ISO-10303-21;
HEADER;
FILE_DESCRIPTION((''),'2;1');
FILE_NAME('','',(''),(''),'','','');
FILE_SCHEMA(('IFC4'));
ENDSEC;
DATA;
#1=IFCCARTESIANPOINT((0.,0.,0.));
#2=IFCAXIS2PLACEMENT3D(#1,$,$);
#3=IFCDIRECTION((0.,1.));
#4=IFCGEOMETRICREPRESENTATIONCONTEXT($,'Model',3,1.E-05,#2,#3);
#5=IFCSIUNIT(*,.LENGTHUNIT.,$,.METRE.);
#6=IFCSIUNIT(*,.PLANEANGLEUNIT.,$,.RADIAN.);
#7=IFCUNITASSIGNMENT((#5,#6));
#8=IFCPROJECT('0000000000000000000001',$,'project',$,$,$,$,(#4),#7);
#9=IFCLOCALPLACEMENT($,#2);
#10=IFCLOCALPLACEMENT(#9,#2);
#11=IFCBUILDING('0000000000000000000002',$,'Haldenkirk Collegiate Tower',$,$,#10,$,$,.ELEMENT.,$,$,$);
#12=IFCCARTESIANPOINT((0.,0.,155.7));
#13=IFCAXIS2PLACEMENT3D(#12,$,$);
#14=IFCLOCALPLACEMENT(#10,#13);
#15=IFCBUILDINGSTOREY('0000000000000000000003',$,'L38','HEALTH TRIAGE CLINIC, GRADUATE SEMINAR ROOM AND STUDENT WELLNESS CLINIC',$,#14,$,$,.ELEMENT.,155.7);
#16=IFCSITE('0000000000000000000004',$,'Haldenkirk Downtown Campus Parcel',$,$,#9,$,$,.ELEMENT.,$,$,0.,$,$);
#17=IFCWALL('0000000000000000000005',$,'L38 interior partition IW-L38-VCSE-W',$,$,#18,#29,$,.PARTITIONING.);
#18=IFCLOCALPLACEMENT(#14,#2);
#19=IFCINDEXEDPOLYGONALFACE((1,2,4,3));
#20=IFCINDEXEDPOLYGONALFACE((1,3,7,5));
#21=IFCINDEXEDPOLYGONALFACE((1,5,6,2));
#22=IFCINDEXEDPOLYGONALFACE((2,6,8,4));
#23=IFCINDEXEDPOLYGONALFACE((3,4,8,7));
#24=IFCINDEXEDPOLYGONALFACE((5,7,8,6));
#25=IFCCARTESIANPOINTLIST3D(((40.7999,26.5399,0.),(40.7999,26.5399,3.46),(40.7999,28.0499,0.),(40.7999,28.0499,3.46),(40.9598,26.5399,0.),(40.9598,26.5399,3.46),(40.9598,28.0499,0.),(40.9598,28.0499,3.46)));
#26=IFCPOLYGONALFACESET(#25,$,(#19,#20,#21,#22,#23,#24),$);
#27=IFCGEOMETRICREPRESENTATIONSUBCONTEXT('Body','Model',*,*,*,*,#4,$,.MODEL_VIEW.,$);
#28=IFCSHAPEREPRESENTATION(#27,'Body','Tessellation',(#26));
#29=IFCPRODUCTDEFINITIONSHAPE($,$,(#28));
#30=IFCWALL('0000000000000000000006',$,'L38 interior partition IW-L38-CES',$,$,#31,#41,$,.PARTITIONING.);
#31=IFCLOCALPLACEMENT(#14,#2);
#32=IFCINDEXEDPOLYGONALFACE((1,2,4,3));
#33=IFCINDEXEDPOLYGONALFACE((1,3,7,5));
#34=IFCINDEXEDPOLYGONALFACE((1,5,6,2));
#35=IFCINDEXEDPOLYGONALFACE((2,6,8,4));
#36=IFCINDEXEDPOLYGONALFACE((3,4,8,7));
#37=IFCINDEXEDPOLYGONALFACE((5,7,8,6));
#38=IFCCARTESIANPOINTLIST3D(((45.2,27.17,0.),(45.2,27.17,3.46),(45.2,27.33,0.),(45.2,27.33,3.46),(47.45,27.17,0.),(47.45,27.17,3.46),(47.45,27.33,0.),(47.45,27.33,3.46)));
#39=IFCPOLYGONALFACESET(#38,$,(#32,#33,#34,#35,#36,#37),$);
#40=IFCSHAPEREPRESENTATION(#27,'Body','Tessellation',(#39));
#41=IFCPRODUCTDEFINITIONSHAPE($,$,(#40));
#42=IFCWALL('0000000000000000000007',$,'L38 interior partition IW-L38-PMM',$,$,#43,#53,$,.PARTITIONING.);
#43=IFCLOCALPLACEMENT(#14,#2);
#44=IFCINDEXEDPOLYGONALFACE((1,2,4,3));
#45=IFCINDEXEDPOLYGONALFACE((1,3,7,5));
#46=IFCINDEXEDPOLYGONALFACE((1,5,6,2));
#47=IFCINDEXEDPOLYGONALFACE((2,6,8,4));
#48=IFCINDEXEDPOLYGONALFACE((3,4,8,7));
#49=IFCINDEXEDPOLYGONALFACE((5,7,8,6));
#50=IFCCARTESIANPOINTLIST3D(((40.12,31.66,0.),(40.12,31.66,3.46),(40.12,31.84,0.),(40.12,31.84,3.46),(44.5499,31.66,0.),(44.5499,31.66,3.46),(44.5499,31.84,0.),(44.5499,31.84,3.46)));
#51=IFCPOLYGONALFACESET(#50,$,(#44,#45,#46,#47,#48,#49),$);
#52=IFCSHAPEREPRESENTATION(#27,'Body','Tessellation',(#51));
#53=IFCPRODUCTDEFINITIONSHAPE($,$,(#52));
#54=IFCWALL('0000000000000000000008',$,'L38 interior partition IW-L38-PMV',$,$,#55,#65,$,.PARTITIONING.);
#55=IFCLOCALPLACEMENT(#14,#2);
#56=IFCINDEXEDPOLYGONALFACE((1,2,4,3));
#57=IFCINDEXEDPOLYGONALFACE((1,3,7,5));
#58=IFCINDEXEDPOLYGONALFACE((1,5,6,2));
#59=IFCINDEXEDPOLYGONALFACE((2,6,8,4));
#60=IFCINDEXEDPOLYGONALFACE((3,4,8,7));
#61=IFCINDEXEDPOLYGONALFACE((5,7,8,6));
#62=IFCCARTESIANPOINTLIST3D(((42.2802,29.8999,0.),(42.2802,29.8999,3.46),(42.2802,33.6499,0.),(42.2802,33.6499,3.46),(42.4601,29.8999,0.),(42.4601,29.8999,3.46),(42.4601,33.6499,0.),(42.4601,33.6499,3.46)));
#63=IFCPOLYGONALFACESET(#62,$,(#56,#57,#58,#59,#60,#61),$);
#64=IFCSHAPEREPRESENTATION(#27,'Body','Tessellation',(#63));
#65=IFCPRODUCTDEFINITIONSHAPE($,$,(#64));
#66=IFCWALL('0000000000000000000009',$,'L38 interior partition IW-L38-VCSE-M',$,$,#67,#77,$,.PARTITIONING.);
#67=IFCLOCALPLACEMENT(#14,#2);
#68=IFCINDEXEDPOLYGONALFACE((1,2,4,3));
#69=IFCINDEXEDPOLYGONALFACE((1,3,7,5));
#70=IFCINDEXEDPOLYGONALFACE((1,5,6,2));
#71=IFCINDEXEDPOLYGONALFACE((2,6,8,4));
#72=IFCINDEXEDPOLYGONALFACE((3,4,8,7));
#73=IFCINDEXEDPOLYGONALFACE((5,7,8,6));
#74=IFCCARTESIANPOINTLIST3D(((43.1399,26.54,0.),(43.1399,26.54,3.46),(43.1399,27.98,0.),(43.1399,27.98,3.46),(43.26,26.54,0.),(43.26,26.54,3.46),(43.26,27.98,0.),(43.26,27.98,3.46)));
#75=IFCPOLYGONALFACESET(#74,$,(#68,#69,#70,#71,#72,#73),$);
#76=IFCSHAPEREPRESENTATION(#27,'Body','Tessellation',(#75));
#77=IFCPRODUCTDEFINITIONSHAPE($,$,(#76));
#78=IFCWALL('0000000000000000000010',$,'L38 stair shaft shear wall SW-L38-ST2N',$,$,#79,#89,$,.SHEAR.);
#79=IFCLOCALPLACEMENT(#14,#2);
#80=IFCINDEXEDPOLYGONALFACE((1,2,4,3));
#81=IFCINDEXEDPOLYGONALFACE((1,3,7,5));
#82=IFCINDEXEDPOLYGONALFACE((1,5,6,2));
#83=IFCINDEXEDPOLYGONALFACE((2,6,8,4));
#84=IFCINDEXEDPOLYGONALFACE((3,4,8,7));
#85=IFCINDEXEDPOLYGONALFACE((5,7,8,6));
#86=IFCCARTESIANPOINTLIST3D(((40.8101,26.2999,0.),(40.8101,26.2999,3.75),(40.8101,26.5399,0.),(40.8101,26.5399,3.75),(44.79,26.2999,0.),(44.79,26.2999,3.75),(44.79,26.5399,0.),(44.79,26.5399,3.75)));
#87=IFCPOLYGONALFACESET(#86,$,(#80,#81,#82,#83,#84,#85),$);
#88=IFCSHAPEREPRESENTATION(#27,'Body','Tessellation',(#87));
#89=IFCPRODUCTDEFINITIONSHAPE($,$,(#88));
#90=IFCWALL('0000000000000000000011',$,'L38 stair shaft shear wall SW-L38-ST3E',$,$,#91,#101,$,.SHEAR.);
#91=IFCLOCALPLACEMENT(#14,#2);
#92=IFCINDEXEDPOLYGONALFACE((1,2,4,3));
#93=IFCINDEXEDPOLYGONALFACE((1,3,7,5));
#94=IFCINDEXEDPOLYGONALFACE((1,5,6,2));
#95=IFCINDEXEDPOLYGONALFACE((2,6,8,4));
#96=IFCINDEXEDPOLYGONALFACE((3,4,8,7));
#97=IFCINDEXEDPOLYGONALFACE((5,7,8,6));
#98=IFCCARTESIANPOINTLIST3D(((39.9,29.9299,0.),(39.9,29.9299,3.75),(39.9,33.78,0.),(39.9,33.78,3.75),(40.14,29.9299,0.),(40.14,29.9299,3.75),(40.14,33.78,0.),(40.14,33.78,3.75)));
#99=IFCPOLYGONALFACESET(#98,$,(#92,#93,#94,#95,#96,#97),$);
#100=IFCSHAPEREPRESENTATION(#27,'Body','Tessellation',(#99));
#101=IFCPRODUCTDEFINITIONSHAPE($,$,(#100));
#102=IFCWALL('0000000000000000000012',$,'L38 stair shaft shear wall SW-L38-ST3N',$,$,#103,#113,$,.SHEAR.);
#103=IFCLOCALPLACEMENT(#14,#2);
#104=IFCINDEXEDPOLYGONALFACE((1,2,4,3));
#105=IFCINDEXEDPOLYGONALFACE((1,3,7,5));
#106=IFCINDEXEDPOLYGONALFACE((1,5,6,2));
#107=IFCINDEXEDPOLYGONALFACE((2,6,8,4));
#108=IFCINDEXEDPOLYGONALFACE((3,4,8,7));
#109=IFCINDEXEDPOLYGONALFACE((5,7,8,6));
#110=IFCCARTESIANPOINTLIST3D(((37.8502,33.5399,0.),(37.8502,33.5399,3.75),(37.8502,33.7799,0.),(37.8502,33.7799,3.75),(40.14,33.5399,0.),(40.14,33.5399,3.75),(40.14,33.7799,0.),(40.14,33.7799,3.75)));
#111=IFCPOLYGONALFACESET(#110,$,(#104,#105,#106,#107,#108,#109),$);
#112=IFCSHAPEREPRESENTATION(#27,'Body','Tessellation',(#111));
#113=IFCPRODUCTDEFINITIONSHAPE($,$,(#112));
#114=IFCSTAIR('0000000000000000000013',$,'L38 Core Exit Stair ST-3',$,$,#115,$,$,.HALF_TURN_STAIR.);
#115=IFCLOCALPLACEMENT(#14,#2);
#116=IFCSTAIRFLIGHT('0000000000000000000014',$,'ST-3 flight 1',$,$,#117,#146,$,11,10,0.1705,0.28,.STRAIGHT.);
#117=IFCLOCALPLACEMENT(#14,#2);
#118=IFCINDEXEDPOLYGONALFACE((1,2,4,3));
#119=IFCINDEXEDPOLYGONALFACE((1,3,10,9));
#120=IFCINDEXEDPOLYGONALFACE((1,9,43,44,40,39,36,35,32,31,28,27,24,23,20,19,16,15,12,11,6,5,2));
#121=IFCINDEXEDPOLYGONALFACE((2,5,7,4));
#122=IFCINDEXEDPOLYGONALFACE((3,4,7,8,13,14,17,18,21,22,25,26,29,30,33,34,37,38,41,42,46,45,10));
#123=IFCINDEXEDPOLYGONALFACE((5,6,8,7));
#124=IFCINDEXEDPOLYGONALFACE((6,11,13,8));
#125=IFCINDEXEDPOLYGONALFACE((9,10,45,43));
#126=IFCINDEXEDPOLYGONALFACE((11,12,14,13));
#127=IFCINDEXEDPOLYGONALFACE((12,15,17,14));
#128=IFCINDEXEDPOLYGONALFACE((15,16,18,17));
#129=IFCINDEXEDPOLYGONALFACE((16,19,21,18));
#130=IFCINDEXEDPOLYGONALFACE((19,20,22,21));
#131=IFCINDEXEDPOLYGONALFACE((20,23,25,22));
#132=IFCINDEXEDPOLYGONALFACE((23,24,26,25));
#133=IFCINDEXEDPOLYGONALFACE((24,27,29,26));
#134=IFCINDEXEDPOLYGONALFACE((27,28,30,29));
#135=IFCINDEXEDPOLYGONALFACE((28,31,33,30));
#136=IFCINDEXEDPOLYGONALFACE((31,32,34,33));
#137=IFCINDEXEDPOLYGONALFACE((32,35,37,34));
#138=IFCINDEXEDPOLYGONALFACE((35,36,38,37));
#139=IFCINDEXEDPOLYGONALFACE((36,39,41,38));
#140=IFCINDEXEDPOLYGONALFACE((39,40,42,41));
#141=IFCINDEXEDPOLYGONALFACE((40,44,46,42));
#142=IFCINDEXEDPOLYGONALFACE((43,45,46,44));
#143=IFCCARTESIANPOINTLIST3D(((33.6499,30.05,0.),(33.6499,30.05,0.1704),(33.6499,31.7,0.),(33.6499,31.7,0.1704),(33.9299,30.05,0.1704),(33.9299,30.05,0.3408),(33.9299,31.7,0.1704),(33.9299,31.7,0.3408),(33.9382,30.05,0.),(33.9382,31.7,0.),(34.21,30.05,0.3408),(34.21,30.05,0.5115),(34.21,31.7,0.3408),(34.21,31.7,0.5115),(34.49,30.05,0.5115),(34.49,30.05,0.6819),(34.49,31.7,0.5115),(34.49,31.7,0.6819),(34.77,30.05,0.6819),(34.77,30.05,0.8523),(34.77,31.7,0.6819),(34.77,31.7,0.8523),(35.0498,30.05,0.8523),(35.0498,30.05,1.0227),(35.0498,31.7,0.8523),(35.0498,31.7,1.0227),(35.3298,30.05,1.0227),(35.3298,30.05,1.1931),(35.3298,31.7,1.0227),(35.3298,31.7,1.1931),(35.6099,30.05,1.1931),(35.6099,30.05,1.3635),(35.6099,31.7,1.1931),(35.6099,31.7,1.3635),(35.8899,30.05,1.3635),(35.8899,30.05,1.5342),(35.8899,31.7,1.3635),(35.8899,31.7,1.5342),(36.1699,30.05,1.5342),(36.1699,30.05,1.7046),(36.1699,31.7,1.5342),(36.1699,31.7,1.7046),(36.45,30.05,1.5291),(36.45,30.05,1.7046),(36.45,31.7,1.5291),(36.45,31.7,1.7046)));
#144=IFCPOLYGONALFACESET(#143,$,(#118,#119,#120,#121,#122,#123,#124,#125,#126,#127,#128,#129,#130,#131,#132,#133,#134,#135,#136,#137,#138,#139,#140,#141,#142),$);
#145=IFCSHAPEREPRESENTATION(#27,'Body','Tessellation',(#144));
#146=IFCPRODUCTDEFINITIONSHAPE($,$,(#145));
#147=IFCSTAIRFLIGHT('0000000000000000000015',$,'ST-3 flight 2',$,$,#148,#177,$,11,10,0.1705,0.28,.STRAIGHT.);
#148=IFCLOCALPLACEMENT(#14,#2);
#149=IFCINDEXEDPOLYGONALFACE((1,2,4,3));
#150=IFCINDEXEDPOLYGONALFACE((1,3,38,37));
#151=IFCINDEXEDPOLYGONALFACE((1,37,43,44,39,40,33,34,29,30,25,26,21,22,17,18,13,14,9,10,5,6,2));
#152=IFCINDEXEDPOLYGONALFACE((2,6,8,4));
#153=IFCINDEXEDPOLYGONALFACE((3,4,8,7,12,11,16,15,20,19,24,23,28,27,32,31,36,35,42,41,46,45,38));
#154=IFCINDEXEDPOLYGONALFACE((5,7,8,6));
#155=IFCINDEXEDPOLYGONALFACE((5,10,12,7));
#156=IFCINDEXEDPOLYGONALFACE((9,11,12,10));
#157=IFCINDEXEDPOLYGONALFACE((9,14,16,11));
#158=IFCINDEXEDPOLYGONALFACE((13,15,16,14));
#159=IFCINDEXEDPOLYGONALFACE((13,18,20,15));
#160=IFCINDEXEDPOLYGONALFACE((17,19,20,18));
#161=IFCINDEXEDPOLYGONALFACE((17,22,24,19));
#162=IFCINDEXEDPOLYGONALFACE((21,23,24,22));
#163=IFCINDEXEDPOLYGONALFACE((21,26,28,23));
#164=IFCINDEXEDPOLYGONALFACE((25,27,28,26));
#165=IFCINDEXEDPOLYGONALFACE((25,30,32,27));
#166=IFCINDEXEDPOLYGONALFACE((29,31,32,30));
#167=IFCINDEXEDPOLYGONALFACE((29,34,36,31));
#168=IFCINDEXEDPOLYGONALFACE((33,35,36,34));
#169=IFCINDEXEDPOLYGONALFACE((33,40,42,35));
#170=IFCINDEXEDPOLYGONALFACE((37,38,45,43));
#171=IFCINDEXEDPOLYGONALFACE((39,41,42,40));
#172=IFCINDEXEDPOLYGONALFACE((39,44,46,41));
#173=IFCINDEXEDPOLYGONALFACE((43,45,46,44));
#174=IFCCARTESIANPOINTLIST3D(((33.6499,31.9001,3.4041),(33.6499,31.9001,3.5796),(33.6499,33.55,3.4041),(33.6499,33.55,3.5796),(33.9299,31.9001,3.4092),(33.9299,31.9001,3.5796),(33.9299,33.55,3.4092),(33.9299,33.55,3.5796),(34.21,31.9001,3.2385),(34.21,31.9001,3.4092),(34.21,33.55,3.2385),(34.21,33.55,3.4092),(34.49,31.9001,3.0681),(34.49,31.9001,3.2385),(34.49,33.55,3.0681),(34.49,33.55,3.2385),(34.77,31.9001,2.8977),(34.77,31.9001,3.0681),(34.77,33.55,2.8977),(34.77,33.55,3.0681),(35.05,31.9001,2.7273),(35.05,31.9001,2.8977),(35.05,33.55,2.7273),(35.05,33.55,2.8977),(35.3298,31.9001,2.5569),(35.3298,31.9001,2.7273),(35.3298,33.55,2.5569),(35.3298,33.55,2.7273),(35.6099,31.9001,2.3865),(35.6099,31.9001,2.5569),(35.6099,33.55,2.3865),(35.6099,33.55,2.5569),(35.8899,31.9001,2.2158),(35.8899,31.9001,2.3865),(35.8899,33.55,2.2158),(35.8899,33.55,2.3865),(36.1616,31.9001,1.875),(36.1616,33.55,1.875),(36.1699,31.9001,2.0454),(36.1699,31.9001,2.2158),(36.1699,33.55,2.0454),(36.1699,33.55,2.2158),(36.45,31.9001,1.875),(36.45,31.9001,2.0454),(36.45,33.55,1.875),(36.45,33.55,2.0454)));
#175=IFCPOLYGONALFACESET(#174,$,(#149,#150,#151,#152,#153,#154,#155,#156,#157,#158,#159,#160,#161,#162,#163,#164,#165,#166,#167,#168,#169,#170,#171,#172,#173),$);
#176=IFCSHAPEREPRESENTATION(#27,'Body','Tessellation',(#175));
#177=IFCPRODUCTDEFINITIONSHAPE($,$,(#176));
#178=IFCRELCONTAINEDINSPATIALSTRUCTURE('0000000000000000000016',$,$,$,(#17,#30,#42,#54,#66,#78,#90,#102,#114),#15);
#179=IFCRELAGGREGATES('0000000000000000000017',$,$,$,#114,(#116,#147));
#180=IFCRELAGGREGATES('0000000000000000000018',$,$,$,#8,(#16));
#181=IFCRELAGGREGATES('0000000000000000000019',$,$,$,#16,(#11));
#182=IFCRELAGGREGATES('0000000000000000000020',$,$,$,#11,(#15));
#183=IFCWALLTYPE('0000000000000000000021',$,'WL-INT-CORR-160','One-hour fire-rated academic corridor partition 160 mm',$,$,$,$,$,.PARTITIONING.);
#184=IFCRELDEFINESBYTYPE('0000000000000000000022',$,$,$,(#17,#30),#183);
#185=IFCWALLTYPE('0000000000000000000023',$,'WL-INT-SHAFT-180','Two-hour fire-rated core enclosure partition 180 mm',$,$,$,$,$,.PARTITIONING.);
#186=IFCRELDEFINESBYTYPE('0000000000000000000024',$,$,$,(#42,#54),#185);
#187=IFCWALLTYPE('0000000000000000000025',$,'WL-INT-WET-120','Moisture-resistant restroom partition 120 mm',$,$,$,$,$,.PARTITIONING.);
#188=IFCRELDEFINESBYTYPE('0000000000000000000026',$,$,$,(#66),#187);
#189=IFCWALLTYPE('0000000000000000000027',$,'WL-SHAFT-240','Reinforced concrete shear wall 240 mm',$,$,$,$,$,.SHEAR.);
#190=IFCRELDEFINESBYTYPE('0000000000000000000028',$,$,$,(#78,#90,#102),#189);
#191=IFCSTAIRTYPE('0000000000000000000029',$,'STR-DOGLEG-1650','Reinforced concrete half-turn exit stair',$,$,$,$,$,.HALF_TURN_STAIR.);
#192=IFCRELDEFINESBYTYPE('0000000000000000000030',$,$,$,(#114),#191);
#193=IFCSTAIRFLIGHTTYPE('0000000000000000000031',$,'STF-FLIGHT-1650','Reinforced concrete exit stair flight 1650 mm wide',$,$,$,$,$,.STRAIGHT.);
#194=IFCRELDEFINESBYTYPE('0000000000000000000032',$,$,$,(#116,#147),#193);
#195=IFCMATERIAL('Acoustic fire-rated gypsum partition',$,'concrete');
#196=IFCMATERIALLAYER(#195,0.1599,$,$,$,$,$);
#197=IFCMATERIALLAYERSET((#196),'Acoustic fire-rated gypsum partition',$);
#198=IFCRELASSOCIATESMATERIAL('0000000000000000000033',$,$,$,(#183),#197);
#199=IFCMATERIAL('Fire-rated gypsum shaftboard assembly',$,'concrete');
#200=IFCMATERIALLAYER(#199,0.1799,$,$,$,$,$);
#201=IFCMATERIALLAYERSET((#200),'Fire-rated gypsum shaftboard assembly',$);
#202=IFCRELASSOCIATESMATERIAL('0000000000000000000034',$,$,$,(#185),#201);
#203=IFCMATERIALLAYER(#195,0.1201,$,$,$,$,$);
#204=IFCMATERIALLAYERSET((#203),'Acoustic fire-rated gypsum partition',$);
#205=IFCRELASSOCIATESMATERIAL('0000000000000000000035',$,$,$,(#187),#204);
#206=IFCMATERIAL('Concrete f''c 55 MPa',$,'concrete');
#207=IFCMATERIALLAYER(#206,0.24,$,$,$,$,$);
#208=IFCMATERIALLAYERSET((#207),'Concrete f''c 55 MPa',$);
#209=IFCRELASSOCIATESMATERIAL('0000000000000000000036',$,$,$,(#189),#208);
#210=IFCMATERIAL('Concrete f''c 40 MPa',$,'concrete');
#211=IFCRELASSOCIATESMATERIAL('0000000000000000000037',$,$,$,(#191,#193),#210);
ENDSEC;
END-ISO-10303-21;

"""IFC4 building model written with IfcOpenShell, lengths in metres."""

from ifc_helpers import new_model, si_unit, direction, frame, frame_2d, origin, place, context, subcontext, project, spatial, polyline, rectangle, outline, extrude, material, layer, layer_set, type_object, element, aggregate, save


model = new_model("IFC4")

# Units and contexts
model_context = context("Model", 3, precision=1e-05, world=origin(), true_north=direction((0.0, 1.0)))
body_context = subcontext(model_context, "Body", "Model", "MODEL_VIEW")
ifc_project = project(units=[si_unit("LENGTHUNIT", "METRE"), si_unit("PLANEANGLEUNIT", "RADIAN")], contexts=[model_context])

# Site, building, storey
site_placement = place(None, origin())
site = spatial("IfcSite", under=ifc_project, at=site_placement, Name="Haldenkirk Downtown Campus Parcel", CompositionType="ELEMENT", RefElevation=0.0)
building_placement = place(site_placement, origin())
building = spatial("IfcBuilding", under=site, at=building_placement, Name="Haldenkirk Collegiate Tower", CompositionType="ELEMENT")
storey_placement = place(building_placement, frame((0.0, 0.0, 155.7)))
storey = spatial("IfcBuildingStorey", under=building, at=storey_placement, Name="L38", Description="HEALTH TRIAGE CLINIC, GRADUATE SEMINAR ROOM AND STUDENT WELLNESS CLINIC", CompositionType="ELEMENT", Elevation=155.7)

# Shared definitions
ifc_material_1 = material(Name="Acoustic fire-rated gypsum partition", Category="concrete")
ifc_layer_1 = layer(ifc_material_1, 0.1599)
ifc_layer_set_1 = layer_set([ifc_layer_1], Name="Acoustic fire-rated gypsum partition")
wall_type_1 = type_object("IfcWallType", Name="WL-INT-CORR-160", Description="One-hour fire-rated academic corridor partition 160 mm", PredefinedType="PARTITIONING", material=ifc_layer_set_1)

# Walls
wall_1_placement = place(storey_placement, frame((40.8799, 26.54, 0.0), z_axis=(0.0, 0.0, 1.0), x_axis=(0.0, 1.0, 0.0)))
element("IfcWall", 1, at=wall_1_placement, inside=storey, type_object=wall_type_1, Name="L38 interior partition IW-L38-VCSE-W", PredefinedType="PARTITIONING", context=body_context, shape_type="SweptSolid", body=[
    extrude(rectangle(XDim=1.51, YDim=0.1599, at=frame_2d((0.7549, 0.0))), origin(), (0.0, 0.0, 1.0), 3.46),
])
wall_2_placement = place(storey_placement, frame((45.2, 27.25, 0.0), z_axis=(0.0, 0.0, 1.0), x_axis=(1.0, 0.0, 0.0)))
element("IfcWall", 2, at=wall_2_placement, inside=storey, type_object=wall_type_1, Name="L38 interior partition IW-L38-CES", PredefinedType="PARTITIONING", context=body_context, shape_type="SweptSolid", body=[
    extrude(rectangle(XDim=2.25, YDim=0.1599, at=frame_2d((1.125, 0.0))), origin(), (0.0, 0.0, 1.0), 3.46),
])

# Shared definitions
ifc_material_2 = material(Name="Fire-rated gypsum shaftboard assembly", Category="concrete")
ifc_layer_2 = layer(ifc_material_2, 0.1799)
ifc_layer_set_2 = layer_set([ifc_layer_2], Name="Fire-rated gypsum shaftboard assembly")
wall_type_2 = type_object("IfcWallType", Name="WL-INT-SHAFT-180", Description="Two-hour fire-rated core enclosure partition 180 mm", PredefinedType="PARTITIONING", material=ifc_layer_set_2)

# Walls
wall_3_placement = place(storey_placement, frame((40.1201, 31.75, 0.0), z_axis=(0.0, 0.0, 1.0), x_axis=(1.0, 0.0, 0.0)))
element("IfcWall", 3, at=wall_3_placement, inside=storey, type_object=wall_type_2, Name="L38 interior partition IW-L38-PMM", PredefinedType="PARTITIONING", context=body_context, shape_type="SweptSolid", body=[
    extrude(rectangle(XDim=4.4299, YDim=0.1799, at=frame_2d((2.2148, 0.0))), origin(), (0.0, 0.0, 1.0), 3.46),
])
wall_4_placement = place(storey_placement, frame((42.3701, 29.8999, 0.0), z_axis=(0.0, 0.0, 1.0), x_axis=(0.0, 1.0, 0.0)))
element("IfcWall", 4, at=wall_4_placement, inside=storey, type_object=wall_type_2, Name="L38 interior partition IW-L38-PMV", PredefinedType="PARTITIONING", context=body_context, shape_type="SweptSolid", body=[
    extrude(rectangle(XDim=3.75, YDim=0.1799, at=frame_2d((1.875, 0.0))), origin(), (0.0, 0.0, 1.0), 3.46),
])
ifc_layer_3 = layer(ifc_material_1, 0.1201)
ifc_layer_set_3 = layer_set([ifc_layer_3], Name="Acoustic fire-rated gypsum partition")
wall_type_3 = type_object("IfcWallType", Name="WL-INT-WET-120", Description="Moisture-resistant restroom partition 120 mm", PredefinedType="PARTITIONING", material=ifc_layer_set_3)
wall_5_placement = place(storey_placement, frame((43.2, 26.54, 0.0), z_axis=(0.0, 0.0, 1.0), x_axis=(0.0, 1.0, 0.0)))
element("IfcWall", 5, at=wall_5_placement, inside=storey, type_object=wall_type_3, Name="L38 interior partition IW-L38-VCSE-M", PredefinedType="PARTITIONING", context=body_context, shape_type="SweptSolid", body=[
    extrude(rectangle(XDim=1.4399, YDim=0.1201, at=frame_2d((0.72, 0.0))), origin(), (0.0, 0.0, 1.0), 3.46),
])
ifc_material_3 = material(Name="Concrete f'c 55 MPa", Category="concrete")
ifc_layer_4 = layer(ifc_material_3, 0.24)
ifc_layer_set_4 = layer_set([ifc_layer_4], Name="Concrete f'c 55 MPa")
wall_type_4 = type_object("IfcWallType", Name="WL-SHAFT-240", Description="Reinforced concrete shear wall 240 mm", PredefinedType="SHEAR", material=ifc_layer_set_4)
wall_6_placement = place(storey_placement, frame((40.8101, 26.4199, 0.0), z_axis=(0.0, 0.0, 1.0), x_axis=(1.0, 0.0, 0.0)))
element("IfcWall", 6, at=wall_6_placement, inside=storey, type_object=wall_type_4, Name="L38 stair shaft shear wall SW-L38-ST2N", PredefinedType="SHEAR", context=body_context, shape_type="SweptSolid", body=[
    extrude(rectangle(XDim=3.98, YDim=0.24, at=frame_2d((1.99, 0.0))), origin(), (0.0, 0.0, 1.0), 3.75),
])
wall_7_placement = place(storey_placement, frame((40.02, 29.9299, 0.0), z_axis=(0.0, 0.0, 1.0), x_axis=(0.0, 1.0, 0.0)))
element("IfcWall", 7, at=wall_7_placement, inside=storey, type_object=wall_type_4, Name="L38 stair shaft shear wall SW-L38-ST3E", PredefinedType="SHEAR", context=body_context, shape_type="SweptSolid", body=[
    extrude(rectangle(XDim=3.8501, YDim=0.24, at=frame_2d((1.925, 0.0))), origin(), (0.0, 0.0, 1.0), 3.75),
])
wall_8_placement = place(storey_placement, frame((37.8501, 33.6599, 0.0), z_axis=(0.0, 0.0, 1.0), x_axis=(1.0, 0.0, 0.0)))
element("IfcWall", 8, at=wall_8_placement, inside=storey, type_object=wall_type_4, Name="L38 stair shaft shear wall SW-L38-ST3N", PredefinedType="SHEAR", context=body_context, shape_type="SweptSolid", body=[
    extrude(rectangle(XDim=2.2898, YDim=0.24, at=frame_2d((1.145, 0.0))), origin(), (0.0, 0.0, 1.0), 3.75),
])

# Stair, stair flights
ifc_material_4 = material(Name="Concrete f'c 40 MPa", Category="concrete")
stair_type = type_object("IfcStairType", Name="STR-DOGLEG-1650", Description="Reinforced concrete half-turn exit stair", PredefinedType="HALF_TURN_STAIR", material=ifc_material_4)
stair_placement = place(storey_placement, origin())
stair = element("IfcStair", 9, at=stair_placement, inside=storey, type_object=stair_type, Name="L38 Core Exit Stair ST-3", PredefinedType="HALF_TURN_STAIR")
stair_flight_type = type_object("IfcStairFlightType", Name="STF-FLIGHT-1650", Description="Reinforced concrete exit stair flight 1650 mm wide", PredefinedType="STRAIGHT", material=ifc_material_4)
stair_flight_1_placement = place(storey_placement, frame((33.6499, 30.875, 0.0), z_axis=(0.0, 0.0, 1.0), x_axis=(1.0, 0.0, 0.0)))
stair_flight_1 = element("IfcStairFlight", 10, at=stair_flight_1_placement, type_object=stair_flight_type, Name="ST-3 flight 1", NumberOfRisers=11, NumberOfTreads=10, PredefinedType="STRAIGHT", RiserHeight=0.1705, TreadLength=0.28, context=body_context, shape_type="SweptSolid", body=[
    extrude(outline(polyline([(0.0, 0.0), (0.0, 0.1704), (0.28, 0.1704), (0.28, 0.3408), (0.5601, 0.3408), (0.5601, 0.5115), (0.8401, 0.5115), (0.8401, 0.6819), (1.1201, 0.6819), (1.1201, 0.8523), (1.3999, 0.8523), (1.3999, 1.0227), (1.6799, 1.0227), (1.6799, 1.1931), (1.96, 1.1931), (1.96, 1.3635), (2.24, 1.3635), (2.24, 1.5342), (2.52, 1.5342), (2.52, 1.7046), (2.8, 1.7046), (2.8, 1.875), (2.8, 1.5291), (0.2883, 0.0), (0.0, 0.0)])), frame((0.0, 0.825, 0.0), z_axis=(0.0, -1.0, 0.0), x_axis=(1.0, 0.0, 0.0)), (0.0, 0.0, 1.0), 1.6499),
])
stair_flight_2_placement = place(storey_placement, frame((36.45, 32.7251, 1.875), z_axis=(0.0, 0.0, 1.0), x_axis=(-1.0, 0.0, 0.0)))
stair_flight_2 = element("IfcStairFlight", 11, at=stair_flight_2_placement, type_object=stair_flight_type, Name="ST-3 flight 2", NumberOfRisers=11, NumberOfTreads=10, PredefinedType="STRAIGHT", RiserHeight=0.1705, TreadLength=0.28, context=body_context, shape_type="SweptSolid", body=[
    extrude(outline(polyline([(0.0, 0.0), (0.0, 0.1704), (0.28, 0.1704), (0.28, 0.3408), (0.5601, 0.3408), (0.5601, 0.5115), (0.8401, 0.5115), (0.8401, 0.6819), (1.1201, 0.6819), (1.1201, 0.8523), (1.3999, 0.8523), (1.3999, 1.0227), (1.6799, 1.0227), (1.6799, 1.1931), (1.96, 1.1931), (1.96, 1.3635), (2.24, 1.3635), (2.24, 1.5342), (2.52, 1.5342), (2.52, 1.7046), (2.8, 1.7046), (2.8, 1.875), (2.8, 1.5291), (0.2883, 0.0), (0.0, 0.0)])), frame((0.0, 0.825, 0.0), z_axis=(0.0, -1.0, 0.0), x_axis=(1.0, 0.0, 0.0)), (0.0, 0.0, 1.0), 1.6499),
])
aggregate(stair, [stair_flight_1, stair_flight_2])

save(model, "model.ifc")
